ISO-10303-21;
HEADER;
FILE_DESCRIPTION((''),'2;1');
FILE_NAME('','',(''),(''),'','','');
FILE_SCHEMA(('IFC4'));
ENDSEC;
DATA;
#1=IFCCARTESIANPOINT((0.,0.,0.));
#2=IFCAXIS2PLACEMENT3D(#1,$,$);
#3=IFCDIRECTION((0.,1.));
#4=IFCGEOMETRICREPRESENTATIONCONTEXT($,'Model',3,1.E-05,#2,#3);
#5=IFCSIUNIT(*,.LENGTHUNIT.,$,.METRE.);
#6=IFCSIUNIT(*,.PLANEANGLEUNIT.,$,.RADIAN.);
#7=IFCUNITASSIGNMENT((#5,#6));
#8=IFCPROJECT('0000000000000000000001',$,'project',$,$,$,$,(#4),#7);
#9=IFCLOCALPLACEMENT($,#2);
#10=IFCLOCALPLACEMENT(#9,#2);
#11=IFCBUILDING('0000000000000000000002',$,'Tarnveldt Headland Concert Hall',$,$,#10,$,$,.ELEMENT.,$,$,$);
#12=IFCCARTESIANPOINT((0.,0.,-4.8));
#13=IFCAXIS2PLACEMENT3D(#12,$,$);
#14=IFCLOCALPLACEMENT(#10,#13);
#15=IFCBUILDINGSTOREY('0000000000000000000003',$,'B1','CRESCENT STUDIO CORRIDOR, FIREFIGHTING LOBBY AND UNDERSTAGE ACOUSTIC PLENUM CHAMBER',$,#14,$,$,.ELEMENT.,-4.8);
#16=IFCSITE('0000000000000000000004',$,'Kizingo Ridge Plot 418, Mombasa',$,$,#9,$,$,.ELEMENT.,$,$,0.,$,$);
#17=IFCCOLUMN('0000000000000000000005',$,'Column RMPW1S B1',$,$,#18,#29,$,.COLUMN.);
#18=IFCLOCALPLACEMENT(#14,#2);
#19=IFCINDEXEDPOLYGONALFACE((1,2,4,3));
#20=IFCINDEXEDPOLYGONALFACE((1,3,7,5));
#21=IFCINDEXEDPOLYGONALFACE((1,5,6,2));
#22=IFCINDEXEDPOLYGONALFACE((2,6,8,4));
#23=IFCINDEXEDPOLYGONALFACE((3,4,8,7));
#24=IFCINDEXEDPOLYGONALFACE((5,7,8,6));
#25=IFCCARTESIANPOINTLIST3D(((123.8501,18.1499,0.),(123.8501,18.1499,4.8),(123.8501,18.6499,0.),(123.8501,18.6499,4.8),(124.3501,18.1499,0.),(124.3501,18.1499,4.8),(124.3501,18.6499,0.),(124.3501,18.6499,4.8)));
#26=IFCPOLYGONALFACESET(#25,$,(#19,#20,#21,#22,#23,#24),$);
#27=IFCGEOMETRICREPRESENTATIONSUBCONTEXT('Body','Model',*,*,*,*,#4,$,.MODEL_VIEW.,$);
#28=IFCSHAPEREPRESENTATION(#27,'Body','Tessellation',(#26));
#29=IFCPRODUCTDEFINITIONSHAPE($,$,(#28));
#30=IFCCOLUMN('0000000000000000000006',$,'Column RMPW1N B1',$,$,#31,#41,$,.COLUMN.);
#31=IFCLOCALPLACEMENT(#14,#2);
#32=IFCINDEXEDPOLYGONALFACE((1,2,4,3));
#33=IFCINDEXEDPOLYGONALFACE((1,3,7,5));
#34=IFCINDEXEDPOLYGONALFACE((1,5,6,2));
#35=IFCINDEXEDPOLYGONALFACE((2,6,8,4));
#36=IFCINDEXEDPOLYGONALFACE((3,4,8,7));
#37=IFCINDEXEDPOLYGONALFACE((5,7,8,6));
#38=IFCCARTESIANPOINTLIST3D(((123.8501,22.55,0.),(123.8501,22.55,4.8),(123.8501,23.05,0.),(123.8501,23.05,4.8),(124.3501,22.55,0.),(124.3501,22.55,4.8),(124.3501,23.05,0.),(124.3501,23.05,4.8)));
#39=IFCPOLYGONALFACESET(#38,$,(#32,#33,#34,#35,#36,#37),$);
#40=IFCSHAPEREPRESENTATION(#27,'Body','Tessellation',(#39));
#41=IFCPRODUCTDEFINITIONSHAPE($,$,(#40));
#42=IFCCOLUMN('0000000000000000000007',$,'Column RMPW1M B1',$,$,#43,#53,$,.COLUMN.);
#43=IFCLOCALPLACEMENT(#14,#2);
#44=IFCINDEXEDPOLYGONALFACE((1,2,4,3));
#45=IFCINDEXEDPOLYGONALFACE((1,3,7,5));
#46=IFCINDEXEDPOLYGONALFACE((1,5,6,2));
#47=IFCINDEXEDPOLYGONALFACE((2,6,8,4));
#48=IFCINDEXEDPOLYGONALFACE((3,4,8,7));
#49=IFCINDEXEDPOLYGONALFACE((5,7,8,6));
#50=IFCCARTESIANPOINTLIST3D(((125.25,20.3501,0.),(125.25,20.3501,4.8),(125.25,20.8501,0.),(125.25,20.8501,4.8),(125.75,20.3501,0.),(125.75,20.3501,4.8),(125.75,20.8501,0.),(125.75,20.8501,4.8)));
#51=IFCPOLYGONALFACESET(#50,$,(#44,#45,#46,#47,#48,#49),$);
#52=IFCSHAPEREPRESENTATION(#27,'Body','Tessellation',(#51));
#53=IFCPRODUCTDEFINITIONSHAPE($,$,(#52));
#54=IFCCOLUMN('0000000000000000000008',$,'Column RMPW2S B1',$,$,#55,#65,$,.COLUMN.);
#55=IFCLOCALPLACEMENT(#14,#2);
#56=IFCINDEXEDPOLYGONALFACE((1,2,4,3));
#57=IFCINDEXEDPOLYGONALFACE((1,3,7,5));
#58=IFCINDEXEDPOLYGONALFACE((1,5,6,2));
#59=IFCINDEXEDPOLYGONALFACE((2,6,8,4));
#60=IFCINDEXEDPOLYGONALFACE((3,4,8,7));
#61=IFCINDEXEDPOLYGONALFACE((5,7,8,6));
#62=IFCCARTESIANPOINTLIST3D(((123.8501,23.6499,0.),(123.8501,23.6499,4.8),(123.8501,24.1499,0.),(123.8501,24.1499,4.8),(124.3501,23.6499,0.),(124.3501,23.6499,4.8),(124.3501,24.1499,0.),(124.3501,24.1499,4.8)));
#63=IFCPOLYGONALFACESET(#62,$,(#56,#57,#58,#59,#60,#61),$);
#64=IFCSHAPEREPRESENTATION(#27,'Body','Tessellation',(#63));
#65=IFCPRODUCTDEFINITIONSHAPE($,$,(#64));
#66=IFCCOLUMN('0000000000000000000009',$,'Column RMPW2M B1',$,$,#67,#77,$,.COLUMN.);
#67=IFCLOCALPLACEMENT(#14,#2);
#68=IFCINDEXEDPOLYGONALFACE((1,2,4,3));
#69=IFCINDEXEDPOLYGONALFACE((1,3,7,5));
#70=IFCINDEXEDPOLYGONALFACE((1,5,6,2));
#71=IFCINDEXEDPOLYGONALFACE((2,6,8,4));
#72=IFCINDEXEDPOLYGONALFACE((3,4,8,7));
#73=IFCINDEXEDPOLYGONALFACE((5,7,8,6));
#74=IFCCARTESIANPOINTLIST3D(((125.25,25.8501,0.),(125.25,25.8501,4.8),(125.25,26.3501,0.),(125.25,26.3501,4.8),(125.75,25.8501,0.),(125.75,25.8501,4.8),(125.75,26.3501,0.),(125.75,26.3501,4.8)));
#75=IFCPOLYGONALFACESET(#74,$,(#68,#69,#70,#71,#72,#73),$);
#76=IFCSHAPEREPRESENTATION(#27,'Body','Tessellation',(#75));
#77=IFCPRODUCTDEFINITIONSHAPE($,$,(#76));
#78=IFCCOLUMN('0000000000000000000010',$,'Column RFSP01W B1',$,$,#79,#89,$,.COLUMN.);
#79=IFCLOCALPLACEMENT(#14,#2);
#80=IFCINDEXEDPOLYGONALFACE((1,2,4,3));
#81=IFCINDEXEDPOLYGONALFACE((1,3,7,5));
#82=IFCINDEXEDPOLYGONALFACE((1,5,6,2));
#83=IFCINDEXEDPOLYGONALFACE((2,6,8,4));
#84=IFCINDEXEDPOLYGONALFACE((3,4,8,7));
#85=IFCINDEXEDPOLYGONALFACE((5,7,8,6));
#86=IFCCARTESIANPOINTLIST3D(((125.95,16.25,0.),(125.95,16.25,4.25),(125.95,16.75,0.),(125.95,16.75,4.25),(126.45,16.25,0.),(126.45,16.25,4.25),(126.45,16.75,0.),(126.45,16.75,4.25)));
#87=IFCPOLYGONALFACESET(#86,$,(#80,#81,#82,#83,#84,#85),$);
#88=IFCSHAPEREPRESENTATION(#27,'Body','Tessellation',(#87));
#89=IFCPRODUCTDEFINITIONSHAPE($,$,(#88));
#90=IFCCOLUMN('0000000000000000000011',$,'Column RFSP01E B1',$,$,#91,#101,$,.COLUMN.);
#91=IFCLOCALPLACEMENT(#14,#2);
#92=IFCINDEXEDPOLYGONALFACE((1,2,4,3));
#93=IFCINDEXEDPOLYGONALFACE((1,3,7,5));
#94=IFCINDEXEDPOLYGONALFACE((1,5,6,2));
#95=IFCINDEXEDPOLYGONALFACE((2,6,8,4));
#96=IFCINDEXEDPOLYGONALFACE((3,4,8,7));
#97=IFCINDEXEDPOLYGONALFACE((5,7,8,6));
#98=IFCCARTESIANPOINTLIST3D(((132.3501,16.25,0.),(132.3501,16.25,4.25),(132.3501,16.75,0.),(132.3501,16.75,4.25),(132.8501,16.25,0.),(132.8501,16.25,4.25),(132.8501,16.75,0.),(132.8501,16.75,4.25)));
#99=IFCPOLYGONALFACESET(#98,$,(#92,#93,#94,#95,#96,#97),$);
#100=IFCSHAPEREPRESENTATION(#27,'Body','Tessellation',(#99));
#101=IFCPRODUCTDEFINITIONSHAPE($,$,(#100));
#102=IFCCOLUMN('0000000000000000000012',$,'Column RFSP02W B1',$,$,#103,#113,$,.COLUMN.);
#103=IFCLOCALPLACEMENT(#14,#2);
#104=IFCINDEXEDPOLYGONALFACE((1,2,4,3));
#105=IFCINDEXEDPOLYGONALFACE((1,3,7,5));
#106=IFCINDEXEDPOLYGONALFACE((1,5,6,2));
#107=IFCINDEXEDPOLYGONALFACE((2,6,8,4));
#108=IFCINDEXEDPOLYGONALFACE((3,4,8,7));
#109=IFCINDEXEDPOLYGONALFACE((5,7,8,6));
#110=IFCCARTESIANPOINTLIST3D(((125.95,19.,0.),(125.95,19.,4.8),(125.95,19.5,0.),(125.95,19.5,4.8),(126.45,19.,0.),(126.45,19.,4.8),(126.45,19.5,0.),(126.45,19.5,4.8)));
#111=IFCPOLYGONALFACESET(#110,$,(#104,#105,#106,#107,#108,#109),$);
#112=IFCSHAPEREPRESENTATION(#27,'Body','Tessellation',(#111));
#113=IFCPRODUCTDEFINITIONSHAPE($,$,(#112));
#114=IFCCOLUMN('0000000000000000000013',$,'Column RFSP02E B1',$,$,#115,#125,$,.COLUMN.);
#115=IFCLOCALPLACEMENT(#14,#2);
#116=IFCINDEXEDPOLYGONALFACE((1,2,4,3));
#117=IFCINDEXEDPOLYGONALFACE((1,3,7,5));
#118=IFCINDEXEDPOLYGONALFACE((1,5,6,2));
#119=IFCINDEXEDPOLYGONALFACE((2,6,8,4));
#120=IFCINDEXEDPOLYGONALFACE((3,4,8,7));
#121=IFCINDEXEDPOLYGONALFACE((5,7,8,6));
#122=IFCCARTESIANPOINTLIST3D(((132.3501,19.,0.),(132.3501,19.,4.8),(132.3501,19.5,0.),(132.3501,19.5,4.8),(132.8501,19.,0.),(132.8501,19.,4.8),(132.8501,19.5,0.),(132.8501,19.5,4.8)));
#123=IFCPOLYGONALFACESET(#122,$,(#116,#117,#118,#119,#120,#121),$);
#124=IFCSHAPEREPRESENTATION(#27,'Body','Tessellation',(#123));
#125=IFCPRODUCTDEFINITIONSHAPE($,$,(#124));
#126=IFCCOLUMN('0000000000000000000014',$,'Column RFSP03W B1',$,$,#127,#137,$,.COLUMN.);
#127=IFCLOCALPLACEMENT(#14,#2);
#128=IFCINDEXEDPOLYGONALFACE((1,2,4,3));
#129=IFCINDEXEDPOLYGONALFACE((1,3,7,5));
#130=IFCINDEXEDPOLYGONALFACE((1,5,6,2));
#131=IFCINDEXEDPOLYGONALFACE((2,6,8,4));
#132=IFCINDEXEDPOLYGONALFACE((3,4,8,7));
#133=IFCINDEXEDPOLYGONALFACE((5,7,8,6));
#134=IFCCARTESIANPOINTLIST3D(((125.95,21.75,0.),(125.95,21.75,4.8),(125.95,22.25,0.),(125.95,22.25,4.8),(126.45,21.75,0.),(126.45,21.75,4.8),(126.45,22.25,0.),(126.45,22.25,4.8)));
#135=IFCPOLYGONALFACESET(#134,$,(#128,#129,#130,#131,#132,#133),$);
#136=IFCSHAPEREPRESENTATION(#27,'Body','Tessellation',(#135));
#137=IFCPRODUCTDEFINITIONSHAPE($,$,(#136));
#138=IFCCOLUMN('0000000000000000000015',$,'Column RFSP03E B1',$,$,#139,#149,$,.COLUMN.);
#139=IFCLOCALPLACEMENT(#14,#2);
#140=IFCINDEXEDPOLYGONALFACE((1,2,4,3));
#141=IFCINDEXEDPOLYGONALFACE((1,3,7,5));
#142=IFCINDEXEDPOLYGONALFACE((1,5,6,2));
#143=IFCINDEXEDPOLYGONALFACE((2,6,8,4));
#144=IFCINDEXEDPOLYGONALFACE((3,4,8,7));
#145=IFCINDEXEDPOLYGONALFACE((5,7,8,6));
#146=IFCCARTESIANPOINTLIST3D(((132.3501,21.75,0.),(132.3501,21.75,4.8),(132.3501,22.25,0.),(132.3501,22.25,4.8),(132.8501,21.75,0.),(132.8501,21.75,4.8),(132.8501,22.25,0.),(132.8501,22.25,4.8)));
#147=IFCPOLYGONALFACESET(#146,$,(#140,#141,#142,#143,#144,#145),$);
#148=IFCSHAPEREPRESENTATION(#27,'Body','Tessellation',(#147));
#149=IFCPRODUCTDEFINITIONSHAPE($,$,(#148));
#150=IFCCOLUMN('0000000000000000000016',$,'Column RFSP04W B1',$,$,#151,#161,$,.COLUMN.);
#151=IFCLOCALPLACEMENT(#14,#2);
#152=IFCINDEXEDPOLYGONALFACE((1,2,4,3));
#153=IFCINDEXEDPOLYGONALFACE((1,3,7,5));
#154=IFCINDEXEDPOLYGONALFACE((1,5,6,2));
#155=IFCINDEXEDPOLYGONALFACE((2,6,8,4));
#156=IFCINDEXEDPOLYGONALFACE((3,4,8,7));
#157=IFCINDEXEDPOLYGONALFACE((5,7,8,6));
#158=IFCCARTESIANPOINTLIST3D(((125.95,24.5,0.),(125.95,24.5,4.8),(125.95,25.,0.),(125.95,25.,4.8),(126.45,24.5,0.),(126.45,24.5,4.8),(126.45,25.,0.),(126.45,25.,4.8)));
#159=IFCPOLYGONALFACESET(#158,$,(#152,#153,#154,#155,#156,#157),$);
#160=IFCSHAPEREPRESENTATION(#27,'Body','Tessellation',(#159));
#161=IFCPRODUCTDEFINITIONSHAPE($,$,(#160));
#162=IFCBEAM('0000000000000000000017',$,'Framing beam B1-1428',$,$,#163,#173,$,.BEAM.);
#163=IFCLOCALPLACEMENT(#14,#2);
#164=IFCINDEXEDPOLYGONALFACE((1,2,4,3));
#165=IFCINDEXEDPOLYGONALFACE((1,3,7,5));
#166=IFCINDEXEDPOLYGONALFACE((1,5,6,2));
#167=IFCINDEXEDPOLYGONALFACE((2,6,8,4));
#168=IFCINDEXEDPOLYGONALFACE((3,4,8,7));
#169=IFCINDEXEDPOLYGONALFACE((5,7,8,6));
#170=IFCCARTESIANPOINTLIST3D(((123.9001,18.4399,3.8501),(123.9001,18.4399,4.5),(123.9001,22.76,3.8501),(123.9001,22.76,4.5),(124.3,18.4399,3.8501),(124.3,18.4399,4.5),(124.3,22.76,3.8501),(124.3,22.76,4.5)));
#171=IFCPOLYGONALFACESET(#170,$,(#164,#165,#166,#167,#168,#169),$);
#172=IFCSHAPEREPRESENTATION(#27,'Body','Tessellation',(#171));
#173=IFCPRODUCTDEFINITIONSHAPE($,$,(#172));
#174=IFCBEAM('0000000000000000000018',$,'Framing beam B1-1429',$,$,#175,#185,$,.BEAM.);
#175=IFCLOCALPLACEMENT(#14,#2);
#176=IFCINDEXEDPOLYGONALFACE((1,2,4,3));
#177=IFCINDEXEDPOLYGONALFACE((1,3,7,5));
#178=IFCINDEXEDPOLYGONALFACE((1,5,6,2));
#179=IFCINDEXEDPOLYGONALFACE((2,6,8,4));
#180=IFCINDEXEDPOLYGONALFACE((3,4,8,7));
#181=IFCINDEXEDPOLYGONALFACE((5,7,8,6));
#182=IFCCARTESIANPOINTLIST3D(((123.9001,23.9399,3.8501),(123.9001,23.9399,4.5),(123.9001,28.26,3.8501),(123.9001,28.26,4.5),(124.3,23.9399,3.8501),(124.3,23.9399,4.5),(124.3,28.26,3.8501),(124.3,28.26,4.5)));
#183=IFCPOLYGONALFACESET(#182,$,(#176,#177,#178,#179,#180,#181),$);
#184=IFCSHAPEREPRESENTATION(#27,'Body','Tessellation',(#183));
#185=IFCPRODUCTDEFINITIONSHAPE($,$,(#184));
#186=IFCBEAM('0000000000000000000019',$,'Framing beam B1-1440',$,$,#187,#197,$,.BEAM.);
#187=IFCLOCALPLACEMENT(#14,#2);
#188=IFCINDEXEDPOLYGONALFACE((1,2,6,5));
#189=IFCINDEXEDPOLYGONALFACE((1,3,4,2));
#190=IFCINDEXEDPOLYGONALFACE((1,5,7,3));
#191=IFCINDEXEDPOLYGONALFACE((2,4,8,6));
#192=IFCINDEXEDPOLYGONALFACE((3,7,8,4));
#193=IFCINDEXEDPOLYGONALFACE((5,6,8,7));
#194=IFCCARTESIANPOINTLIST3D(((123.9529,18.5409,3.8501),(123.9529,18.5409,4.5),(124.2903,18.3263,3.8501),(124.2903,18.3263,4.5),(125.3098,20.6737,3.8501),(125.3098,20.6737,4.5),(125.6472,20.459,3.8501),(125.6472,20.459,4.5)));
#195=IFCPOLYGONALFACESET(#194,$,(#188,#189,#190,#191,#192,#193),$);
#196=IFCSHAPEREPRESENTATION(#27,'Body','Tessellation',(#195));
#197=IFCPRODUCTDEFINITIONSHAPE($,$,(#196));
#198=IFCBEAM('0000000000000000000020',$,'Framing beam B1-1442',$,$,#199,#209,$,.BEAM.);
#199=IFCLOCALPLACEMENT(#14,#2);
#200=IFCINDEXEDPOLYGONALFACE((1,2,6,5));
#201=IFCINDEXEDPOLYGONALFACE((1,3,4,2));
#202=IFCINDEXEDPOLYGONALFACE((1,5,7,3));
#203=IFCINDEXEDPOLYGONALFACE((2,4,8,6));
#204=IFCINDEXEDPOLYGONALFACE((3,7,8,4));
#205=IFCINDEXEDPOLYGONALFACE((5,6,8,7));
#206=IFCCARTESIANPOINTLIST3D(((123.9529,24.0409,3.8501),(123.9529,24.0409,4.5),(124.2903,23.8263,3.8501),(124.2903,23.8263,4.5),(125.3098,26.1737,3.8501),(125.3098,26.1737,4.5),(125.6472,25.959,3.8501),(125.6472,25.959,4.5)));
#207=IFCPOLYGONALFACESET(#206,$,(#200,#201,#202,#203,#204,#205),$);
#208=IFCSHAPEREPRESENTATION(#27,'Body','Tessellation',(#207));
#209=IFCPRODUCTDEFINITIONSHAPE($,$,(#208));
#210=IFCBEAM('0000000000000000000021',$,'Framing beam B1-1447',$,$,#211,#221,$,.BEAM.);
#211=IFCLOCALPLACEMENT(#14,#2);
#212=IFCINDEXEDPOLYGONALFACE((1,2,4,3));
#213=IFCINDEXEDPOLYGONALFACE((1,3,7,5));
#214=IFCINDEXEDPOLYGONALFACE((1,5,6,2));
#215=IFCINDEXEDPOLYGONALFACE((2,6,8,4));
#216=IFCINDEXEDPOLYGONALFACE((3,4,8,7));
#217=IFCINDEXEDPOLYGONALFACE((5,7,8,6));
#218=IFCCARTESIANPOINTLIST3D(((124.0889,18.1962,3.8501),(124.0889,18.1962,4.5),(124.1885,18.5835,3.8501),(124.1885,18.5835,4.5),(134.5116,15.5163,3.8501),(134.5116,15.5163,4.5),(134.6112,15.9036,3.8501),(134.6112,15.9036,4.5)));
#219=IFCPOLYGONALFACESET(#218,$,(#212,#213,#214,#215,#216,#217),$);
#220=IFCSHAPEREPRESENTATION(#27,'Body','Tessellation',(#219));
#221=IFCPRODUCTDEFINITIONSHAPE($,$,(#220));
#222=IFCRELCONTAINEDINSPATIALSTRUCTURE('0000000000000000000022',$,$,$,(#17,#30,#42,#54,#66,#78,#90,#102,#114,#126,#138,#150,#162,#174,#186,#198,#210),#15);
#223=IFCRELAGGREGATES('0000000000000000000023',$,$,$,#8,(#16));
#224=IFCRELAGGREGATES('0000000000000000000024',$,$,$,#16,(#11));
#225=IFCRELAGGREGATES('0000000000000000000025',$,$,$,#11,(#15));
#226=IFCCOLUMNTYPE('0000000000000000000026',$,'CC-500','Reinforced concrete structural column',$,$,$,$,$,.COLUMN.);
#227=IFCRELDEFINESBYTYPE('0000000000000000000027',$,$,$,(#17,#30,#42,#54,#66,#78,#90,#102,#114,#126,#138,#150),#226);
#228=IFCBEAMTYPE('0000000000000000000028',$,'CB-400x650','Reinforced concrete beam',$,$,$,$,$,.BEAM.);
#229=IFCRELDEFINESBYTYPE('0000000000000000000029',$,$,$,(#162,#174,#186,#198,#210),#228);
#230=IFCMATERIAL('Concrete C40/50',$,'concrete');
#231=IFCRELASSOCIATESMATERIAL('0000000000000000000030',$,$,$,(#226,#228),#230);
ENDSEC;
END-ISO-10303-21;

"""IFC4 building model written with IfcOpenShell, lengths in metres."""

from ifc_helpers import new_model, si_unit, direction, frame, origin, origin_2d, place, context, subcontext, project, spatial, rectangle, extrude, material, material_profile, profile_set, type_object, element, save


model = new_model("IFC4")

# Units and contexts
model_context = context("Model", 3, precision=1e-05, world=origin(), true_north=direction((0.0, 1.0)))
body_context = subcontext(model_context, "Body", "Model", "MODEL_VIEW")
ifc_project = project(units=[si_unit("LENGTHUNIT", "METRE"), si_unit("PLANEANGLEUNIT", "RADIAN")], contexts=[model_context])

# Site, building, storey
site_placement = place(None, origin())
site = spatial("IfcSite", under=ifc_project, at=site_placement, Name="Kizingo Ridge Plot 418, Mombasa", CompositionType="ELEMENT", RefElevation=0.0)
building_placement = place(site_placement, origin())
building = spatial("IfcBuilding", under=site, at=building_placement, Name="Tarnveldt Headland Concert Hall", CompositionType="ELEMENT")
storey_placement = place(building_placement, frame((0.0, 0.0, -4.8)))
storey = spatial("IfcBuildingStorey", under=building, at=storey_placement, Name="B1", Description="CRESCENT STUDIO CORRIDOR, FIREFIGHTING LOBBY AND UNDERSTAGE ACOUSTIC PLENUM CHAMBER", CompositionType="ELEMENT", Elevation=-4.8)

# Shared definitions
ifc_material_1 = material(Name="Concrete C40/50", Category="concrete")

# Columns
ifc_material_profile_1 = material_profile(ifc_material_1, rectangle(XDim=0.5, YDim=0.5, at=origin_2d()), Name="RC 500x500", Category="concrete")
ifc_profile_set_1 = profile_set([ifc_material_profile_1], Name="Concrete C40/50")
column_type = type_object("IfcColumnType", Name="CC-500", Description="Reinforced concrete structural column", PredefinedType="COLUMN", material=ifc_profile_set_1)
for number, where, z_axis, x_axis, name in (
    (1, (124.1001, 18.3999, 0.0), (0.0, 0.0, 1.0), (1.0, 0.0, 0.0), "Column RMPW1S B1"),
    (2, (124.1001, 22.8, 0.0), (0.0, 0.0, 1.0), (1.0, 0.0, 0.0), "Column RMPW1N B1"),
    (3, (125.5, 20.6001, 0.0), (0.0, 0.0, 1.0), (1.0, 0.0, 0.0), "Column RMPW1M B1"),
    (4, (124.1001, 23.8999, 0.0), (0.0, 0.0, 1.0), (1.0, 0.0, 0.0), "Column RMPW2S B1"),
    (5, (125.5, 26.1001, 0.0), (0.0, 0.0, 1.0), (1.0, 0.0, 0.0), "Column RMPW2M B1"),
):
    element("IfcColumn", number, at=place(storey_placement, frame(where, z_axis=z_axis, x_axis=x_axis)), inside=storey, type_object=column_type, Name=name, PredefinedType="COLUMN", context=body_context, shape_type="SweptSolid", body=[
        extrude(rectangle(XDim=0.5, YDim=0.5, at=origin_2d()), origin(), (0.0, 0.0, 1.0), 4.8),
    ])
for number, where, z_axis, x_axis, name in (
    (6, (126.2, 16.5, 0.0), (0.0, 0.0, 1.0), (1.0, 0.0, 0.0), "Column RFSP01W B1"),
    (7, (132.6001, 16.5, 0.0), (0.0, 0.0, 1.0), (1.0, 0.0, 0.0), "Column RFSP01E B1"),
):
    element("IfcColumn", number, at=place(storey_placement, frame(where, z_axis=z_axis, x_axis=x_axis)), inside=storey, type_object=column_type, Name=name, PredefinedType="COLUMN", context=body_context, shape_type="SweptSolid", body=[
        extrude(rectangle(XDim=0.5, YDim=0.5, at=origin_2d()), origin(), (0.0, 0.0, 1.0), 4.25),
    ])
for number, where, z_axis, x_axis, name in (
    (8, (126.2, 19.25, 0.0), (0.0, 0.0, 1.0), (1.0, 0.0, 0.0), "Column RFSP02W B1"),
    (9, (132.6001, 19.25, 0.0), (0.0, 0.0, 1.0), (1.0, 0.0, 0.0), "Column RFSP02E B1"),
    (10, (126.2, 22.0, 0.0), (0.0, 0.0, 1.0), (1.0, 0.0, 0.0), "Column RFSP03W B1"),
    (11, (132.6001, 22.0, 0.0), (0.0, 0.0, 1.0), (1.0, 0.0, 0.0), "Column RFSP03E B1"),
    (12, (126.2, 24.75, 0.0), (0.0, 0.0, 1.0), (1.0, 0.0, 0.0), "Column RFSP04W B1"),
):
    element("IfcColumn", number, at=place(storey_placement, frame(where, z_axis=z_axis, x_axis=x_axis)), inside=storey, type_object=column_type, Name=name, PredefinedType="COLUMN", context=body_context, shape_type="SweptSolid", body=[
        extrude(rectangle(XDim=0.5, YDim=0.5, at=origin_2d()), origin(), (0.0, 0.0, 1.0), 4.8),
    ])

# Beams
ifc_material_profile_2 = material_profile(ifc_material_1, rectangle(XDim=0.3999, YDim=0.6499, at=origin_2d()), Name="RC 400x650", Category="concrete")
ifc_profile_set_2 = profile_set([ifc_material_profile_2], Name="Concrete C40/50")
beam_type_1 = type_object("IfcBeamType", Name="CB-400x650", Description="Reinforced concrete beam", PredefinedType="BEAM", material=ifc_profile_set_2)
for number, where, z_axis, x_axis, name in (
    (13, (124.1001, 18.4399, 4.175), (0.0, 1.0, 0.0), (-1.0, 0.0, 0.0), "Framing beam B1-1428"),
    (14, (124.1001, 23.9399, 4.175), (0.0, 1.0, 0.0), (-1.0, 0.0, 0.0), "Framing beam B1-1429"),
):
    element("IfcBeam", number, at=place(storey_placement, frame(where, z_axis=z_axis, x_axis=x_axis)), inside=storey, type_object=beam_type_1, Name=name, PredefinedType="BEAM", context=body_context, shape_type="SweptSolid", body=[
        extrude(rectangle(XDim=0.3999, YDim=0.6499, at=origin_2d()), origin(), (0.0, 0.0, 1.0), 4.3201),
    ])
for number, where, z_axis, x_axis, name in (
    (15, (124.1216, 18.4336, 4.175), (0.536788, 0.843717, 0.0), (-0.843717, 0.536788, 0.0), "Framing beam B1-1440"),
    (16, (124.1216, 23.9336, 4.175), (0.536788, 0.843717, 0.0), (-0.843717, 0.536788, 0.0), "Framing beam B1-1442"),
):
    element("IfcBeam", number, at=place(storey_placement, frame(where, z_axis=z_axis, x_axis=x_axis)), inside=storey, type_object=beam_type_1, Name=name, PredefinedType="BEAM", context=body_context, shape_type="SweptSolid", body=[
        extrude(rectangle(XDim=0.3999, YDim=0.6499, at=origin_2d()), origin(), (0.0, 0.0, 1.0), 2.5278),
    ])
beam_1_placement = place(storey_placement, frame((124.1387, 18.3899, 4.175), z_axis=(0.968497, -0.249026, 0.0), x_axis=(0.249026, 0.968497, 0.0)))
element("IfcBeam", 17, at=beam_1_placement, inside=storey, type_object=beam_type_1, Name="Framing beam B1-1447", PredefinedType="BEAM", context=body_context, shape_type="SweptSolid", body=[
    extrude(rectangle(XDim=0.3999, YDim=0.6499, at=origin_2d()), origin(), (0.0, 0.0, 1.0), 10.7617),
])

save(model, "model.ifc")
